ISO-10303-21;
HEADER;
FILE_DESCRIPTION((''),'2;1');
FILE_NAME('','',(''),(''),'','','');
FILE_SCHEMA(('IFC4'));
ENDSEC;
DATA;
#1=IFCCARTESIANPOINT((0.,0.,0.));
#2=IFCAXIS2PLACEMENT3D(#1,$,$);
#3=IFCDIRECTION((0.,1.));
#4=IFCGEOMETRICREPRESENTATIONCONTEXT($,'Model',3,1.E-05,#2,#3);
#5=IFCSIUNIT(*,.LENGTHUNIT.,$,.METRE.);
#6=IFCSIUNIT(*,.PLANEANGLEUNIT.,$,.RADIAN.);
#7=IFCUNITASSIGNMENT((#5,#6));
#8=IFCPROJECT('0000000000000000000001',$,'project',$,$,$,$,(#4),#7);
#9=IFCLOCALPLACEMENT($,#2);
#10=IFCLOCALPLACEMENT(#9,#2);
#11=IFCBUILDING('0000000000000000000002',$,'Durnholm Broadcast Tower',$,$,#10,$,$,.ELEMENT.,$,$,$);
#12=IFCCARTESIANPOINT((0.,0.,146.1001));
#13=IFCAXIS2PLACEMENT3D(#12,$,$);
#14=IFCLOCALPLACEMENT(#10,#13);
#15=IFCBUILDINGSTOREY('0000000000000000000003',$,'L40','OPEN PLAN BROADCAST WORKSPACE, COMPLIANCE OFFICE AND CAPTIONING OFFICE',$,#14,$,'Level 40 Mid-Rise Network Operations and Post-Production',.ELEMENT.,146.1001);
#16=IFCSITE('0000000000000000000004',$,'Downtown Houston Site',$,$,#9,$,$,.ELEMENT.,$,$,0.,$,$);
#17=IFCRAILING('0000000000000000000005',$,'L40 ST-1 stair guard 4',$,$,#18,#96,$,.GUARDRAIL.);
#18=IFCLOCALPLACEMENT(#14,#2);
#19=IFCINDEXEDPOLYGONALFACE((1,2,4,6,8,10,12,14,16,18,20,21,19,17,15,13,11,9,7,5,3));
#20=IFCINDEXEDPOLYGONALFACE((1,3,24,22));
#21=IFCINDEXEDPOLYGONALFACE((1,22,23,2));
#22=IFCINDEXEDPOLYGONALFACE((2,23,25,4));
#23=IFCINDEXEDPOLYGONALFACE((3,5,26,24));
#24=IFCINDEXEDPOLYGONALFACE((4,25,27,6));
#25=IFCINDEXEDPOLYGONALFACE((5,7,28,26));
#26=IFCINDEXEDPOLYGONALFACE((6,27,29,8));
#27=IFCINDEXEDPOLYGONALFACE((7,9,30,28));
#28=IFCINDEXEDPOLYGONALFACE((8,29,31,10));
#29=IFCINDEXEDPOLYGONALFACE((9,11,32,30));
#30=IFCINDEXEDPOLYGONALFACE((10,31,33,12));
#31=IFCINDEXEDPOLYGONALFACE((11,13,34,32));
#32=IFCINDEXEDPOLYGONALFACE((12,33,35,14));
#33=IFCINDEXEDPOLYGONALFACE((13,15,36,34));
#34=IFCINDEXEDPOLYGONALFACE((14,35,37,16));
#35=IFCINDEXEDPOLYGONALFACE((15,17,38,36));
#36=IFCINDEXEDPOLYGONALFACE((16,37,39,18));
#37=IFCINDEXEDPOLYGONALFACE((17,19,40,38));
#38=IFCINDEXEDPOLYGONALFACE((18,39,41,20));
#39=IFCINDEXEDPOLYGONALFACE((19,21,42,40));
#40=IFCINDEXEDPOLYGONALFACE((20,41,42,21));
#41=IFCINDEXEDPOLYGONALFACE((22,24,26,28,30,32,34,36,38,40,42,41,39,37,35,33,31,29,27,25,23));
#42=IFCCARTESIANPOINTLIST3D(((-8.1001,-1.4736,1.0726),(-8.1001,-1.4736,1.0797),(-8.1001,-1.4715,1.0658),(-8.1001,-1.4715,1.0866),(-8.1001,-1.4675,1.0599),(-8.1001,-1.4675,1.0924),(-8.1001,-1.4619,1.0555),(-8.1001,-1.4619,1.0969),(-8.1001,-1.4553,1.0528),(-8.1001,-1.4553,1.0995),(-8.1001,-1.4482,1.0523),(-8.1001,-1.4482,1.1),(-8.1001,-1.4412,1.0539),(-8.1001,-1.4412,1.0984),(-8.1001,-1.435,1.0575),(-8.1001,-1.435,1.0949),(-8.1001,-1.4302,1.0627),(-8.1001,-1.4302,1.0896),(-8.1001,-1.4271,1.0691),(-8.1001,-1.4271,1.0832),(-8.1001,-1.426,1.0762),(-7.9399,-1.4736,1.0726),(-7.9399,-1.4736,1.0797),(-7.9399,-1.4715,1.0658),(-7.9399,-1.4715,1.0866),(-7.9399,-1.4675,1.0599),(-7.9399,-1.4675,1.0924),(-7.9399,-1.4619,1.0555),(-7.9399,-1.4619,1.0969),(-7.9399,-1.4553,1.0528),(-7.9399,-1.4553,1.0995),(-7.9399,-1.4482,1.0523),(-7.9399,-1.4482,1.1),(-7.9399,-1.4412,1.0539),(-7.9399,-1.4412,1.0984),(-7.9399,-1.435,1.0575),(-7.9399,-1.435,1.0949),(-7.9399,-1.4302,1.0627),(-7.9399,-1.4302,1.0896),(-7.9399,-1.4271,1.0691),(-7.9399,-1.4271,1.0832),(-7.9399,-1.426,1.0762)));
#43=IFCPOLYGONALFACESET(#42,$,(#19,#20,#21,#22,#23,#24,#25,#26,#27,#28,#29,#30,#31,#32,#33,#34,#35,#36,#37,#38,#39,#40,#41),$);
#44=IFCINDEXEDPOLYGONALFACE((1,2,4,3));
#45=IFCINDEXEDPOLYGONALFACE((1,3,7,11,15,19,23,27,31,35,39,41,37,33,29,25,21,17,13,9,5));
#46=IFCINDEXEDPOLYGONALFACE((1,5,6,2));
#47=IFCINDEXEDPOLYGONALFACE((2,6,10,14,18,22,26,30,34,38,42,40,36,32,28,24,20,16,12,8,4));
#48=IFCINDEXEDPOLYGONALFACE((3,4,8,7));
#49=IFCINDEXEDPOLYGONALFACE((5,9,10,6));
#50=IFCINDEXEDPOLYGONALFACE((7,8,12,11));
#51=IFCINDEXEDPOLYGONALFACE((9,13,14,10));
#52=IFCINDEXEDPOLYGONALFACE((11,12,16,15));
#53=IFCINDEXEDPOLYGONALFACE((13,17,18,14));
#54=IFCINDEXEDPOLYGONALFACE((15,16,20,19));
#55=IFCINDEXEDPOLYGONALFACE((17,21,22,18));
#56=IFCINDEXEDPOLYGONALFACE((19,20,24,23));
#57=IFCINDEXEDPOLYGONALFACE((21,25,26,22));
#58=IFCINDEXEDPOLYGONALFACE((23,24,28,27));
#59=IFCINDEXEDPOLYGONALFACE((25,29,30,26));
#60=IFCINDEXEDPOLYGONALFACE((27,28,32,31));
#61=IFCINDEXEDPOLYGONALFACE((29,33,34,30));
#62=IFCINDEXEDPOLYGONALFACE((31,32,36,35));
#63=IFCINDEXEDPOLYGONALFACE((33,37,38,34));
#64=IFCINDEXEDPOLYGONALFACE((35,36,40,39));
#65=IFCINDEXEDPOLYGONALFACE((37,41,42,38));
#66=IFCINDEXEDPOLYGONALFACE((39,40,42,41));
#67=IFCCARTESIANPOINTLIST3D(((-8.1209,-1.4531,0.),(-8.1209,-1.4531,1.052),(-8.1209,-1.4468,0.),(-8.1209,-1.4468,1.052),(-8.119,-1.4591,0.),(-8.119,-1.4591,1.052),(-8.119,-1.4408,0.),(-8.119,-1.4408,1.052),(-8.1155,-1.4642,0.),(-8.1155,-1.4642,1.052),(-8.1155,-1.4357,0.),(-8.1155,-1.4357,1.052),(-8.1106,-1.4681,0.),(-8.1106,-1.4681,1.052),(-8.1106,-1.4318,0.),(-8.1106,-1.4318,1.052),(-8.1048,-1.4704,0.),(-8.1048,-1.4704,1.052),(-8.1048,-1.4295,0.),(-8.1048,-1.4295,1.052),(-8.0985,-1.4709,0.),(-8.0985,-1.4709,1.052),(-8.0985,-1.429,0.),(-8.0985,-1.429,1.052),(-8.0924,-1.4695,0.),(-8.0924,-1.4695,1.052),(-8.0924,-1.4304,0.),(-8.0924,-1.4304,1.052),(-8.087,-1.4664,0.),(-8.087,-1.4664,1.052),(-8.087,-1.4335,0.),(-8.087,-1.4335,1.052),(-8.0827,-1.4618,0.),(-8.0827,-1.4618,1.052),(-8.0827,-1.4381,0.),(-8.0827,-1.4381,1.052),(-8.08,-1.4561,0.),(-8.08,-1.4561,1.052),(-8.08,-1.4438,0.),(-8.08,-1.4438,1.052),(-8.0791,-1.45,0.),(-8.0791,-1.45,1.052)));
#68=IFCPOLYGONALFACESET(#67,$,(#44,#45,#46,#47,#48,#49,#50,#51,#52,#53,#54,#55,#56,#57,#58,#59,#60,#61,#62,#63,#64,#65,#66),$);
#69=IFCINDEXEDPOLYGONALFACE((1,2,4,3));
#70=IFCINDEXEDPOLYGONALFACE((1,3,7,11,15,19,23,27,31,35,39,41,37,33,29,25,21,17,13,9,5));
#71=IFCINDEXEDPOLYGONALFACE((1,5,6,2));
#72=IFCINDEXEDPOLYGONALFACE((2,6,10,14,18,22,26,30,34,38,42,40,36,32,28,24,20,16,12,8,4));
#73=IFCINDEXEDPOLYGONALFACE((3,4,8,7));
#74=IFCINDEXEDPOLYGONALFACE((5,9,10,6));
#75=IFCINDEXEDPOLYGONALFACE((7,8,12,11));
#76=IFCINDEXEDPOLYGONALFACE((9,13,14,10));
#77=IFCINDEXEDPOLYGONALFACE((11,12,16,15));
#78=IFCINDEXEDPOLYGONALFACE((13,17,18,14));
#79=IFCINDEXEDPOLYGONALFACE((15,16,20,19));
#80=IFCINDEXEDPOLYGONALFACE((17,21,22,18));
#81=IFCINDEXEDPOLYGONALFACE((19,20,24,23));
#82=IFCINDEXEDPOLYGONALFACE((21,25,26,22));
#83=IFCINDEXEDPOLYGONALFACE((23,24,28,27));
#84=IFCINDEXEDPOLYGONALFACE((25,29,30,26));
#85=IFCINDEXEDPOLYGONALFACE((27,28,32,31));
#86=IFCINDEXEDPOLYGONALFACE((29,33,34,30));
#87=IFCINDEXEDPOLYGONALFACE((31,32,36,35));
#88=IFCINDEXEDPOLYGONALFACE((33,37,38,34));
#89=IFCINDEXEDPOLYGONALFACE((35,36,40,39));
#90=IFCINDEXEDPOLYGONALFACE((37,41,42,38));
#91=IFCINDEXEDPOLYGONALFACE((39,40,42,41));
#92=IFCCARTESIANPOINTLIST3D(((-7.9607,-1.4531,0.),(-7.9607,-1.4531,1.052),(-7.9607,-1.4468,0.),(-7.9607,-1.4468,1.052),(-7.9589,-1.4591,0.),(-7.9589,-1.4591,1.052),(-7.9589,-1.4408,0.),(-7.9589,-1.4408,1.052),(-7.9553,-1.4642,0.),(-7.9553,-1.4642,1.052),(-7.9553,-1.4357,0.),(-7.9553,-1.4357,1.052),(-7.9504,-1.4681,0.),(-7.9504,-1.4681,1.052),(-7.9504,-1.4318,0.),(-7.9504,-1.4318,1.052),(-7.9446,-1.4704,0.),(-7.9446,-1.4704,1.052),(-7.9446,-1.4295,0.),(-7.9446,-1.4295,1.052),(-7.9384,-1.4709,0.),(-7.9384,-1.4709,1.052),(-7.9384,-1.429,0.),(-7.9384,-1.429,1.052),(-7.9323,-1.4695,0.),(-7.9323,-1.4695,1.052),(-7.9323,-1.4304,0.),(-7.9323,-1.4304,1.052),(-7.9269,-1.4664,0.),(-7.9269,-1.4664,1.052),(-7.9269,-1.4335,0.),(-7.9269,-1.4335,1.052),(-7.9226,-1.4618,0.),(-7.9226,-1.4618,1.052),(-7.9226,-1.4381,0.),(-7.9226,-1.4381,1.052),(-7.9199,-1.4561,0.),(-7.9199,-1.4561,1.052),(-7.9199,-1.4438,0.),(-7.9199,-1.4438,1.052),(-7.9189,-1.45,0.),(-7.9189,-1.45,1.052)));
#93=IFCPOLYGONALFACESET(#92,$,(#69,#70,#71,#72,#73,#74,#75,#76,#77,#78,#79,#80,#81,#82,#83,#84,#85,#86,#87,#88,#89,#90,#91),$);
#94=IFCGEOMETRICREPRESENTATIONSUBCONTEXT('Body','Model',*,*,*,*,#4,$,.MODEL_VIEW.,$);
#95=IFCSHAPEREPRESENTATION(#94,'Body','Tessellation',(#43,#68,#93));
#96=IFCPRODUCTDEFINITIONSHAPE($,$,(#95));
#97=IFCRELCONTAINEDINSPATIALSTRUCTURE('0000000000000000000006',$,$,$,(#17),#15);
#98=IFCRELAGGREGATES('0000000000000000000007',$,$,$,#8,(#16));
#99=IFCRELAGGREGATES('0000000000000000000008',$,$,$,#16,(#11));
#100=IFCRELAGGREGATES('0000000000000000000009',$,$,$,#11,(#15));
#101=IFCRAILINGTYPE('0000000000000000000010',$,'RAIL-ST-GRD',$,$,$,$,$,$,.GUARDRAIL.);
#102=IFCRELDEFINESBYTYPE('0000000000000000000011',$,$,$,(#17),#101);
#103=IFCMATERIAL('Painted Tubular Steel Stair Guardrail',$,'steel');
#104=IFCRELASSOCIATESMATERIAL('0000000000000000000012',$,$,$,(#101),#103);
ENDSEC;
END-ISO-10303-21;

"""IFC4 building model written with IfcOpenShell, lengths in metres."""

from ifc_helpers import new_model, si_unit, direction, frame, origin, origin_2d, place, context, subcontext, project, spatial, circle, extrude, material, type_object, element, save


model = new_model("IFC4")

# Units and contexts
model_context = context("Model", 3, precision=1e-05, world=origin(), true_north=direction((0.0, 1.0)))
body_context = subcontext(model_context, "Body", "Model", "MODEL_VIEW")
ifc_project = project(units=[si_unit("LENGTHUNIT", "METRE"), si_unit("PLANEANGLEUNIT", "RADIAN")], contexts=[model_context])

# Site, building, storey
site_placement = place(None, origin())
site = spatial("IfcSite", under=ifc_project, at=site_placement, Name="Downtown Houston Site", CompositionType="ELEMENT", RefElevation=0.0)
building_placement = place(site_placement, origin())
building = spatial("IfcBuilding", under=site, at=building_placement, Name="Durnholm Broadcast Tower", CompositionType="ELEMENT")
storey_placement = place(building_placement, frame((0.0, 0.0, 146.1001)))
storey = spatial("IfcBuildingStorey", under=building, at=storey_placement, Name="L40", Description="OPEN PLAN BROADCAST WORKSPACE, COMPLIANCE OFFICE AND CAPTIONING OFFICE", LongName="Level 40 Mid-Rise Network Operations and Post-Production", CompositionType="ELEMENT", Elevation=146.1001)

# Railing
ifc_material_1 = material(Name="Painted Tubular Steel Stair Guardrail", Category="steel")
railing_type_1 = type_object("IfcRailingType", Name="RAIL-ST-GRD", PredefinedType="GUARDRAIL", material=ifc_material_1)
railing_1_placement = place(storey_placement, frame((-8.1001, -1.45, 0.0)))
element("IfcRailing", 1, at=railing_1_placement, inside=storey, type_object=railing_type_1, Name="L40 ST-1 stair guard 4", PredefinedType="GUARDRAIL", context=body_context, shape_type="SweptSolid", body=[
    extrude(circle(Radius=0.0239, at=origin_2d()), frame((0.0, 0.0, 1.0762), z_axis=(1.0, 0.0, 0.0), x_axis=(0.0, 1.0, 0.0)), (0.0, 0.0, 1.0), 0.1602),
    extrude(circle(Radius=0.021, at=origin_2d()), origin(), (0.0, 0.0, 1.0), 1.052),
    extrude(circle(Radius=0.021, at=origin_2d()), frame((0.1602, 0.0, 0.0)), (0.0, 0.0, 1.0), 1.052),
])

save(model, "model.ifc")
